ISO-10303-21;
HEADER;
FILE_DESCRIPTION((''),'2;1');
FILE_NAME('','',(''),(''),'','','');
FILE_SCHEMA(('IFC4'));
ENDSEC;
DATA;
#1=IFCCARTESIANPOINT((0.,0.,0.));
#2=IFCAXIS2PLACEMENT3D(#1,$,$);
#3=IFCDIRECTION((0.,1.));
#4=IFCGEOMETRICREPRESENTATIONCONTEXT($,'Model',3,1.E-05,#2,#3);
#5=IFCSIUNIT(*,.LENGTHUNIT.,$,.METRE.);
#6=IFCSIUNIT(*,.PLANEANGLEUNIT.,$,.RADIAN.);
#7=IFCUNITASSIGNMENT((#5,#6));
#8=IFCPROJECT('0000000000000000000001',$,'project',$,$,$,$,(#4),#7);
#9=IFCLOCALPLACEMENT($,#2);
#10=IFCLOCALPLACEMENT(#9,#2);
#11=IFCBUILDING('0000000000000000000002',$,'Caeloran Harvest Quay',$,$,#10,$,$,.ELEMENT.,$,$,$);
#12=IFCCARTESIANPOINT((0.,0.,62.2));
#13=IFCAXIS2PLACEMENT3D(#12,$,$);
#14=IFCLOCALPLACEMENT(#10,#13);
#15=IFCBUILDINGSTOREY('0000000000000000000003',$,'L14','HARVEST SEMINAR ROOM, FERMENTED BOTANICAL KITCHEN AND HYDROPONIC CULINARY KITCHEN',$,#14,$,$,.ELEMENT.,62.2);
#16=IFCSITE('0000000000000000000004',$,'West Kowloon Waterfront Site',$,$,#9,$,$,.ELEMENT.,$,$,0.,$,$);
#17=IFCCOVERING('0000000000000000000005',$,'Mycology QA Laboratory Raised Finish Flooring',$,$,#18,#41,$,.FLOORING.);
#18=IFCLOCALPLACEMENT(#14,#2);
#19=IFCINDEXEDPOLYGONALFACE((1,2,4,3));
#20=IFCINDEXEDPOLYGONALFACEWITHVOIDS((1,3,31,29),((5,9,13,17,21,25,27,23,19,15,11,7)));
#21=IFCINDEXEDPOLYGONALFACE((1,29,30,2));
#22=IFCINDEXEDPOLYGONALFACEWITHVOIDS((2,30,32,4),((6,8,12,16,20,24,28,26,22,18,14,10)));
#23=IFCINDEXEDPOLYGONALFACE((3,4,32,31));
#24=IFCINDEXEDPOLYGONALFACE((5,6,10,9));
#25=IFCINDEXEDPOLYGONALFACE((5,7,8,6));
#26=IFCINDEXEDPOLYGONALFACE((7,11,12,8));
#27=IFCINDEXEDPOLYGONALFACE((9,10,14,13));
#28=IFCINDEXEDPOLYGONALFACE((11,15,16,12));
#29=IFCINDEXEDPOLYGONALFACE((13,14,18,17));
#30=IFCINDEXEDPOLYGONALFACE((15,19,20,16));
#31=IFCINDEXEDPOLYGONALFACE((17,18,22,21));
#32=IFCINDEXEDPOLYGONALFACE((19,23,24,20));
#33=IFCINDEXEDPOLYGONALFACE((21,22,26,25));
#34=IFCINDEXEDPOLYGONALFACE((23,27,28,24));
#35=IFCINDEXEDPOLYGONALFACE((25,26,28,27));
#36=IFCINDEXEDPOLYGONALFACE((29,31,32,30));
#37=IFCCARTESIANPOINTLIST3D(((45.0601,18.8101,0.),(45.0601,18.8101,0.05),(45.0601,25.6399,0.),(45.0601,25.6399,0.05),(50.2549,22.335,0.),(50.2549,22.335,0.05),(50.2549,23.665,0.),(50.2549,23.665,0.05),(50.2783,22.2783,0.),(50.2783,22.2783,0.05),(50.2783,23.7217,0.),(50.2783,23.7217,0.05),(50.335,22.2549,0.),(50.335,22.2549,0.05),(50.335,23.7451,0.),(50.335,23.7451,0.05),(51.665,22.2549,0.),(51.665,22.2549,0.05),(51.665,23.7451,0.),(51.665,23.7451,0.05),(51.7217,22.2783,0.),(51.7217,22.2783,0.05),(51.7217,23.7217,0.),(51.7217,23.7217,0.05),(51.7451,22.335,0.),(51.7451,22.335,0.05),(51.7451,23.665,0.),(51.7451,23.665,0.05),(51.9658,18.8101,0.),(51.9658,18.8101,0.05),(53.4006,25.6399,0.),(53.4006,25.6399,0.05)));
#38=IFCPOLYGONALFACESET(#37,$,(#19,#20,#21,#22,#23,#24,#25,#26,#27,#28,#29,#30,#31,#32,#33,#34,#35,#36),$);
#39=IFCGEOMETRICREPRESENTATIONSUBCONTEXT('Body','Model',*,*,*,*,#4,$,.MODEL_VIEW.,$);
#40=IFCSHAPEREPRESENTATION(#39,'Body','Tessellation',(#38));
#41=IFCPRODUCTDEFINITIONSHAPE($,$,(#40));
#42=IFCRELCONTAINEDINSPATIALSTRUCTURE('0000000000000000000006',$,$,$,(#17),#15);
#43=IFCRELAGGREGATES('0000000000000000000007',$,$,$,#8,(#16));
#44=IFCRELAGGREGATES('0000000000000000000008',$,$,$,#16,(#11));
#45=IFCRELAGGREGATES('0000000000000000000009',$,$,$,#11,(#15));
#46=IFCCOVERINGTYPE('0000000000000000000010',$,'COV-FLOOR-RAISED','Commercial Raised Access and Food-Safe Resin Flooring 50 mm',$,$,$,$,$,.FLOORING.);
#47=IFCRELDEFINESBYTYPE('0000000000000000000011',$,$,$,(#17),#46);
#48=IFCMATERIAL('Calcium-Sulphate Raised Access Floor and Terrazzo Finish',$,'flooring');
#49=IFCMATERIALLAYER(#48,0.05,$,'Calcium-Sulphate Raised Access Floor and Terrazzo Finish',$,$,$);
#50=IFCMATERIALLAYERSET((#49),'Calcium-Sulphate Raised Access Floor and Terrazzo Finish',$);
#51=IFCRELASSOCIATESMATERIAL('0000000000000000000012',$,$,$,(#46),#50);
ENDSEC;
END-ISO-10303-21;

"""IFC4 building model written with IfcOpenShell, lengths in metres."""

from ifc_helpers import new_model, si_unit, direction, frame, origin, place, context, subcontext, project, spatial, polyline, outline, extrude, material, layer, layer_set, type_object, element, save


model = new_model("IFC4")

# Units and contexts
model_context = context("Model", 3, precision=1e-05, world=origin(), true_north=direction((0.0, 1.0)))
body_context = subcontext(model_context, "Body", "Model", "MODEL_VIEW")
ifc_project = project(units=[si_unit("LENGTHUNIT", "METRE"), si_unit("PLANEANGLEUNIT", "RADIAN")], contexts=[model_context])

# Site, building, storey
site_placement = place(None, origin())
site = spatial("IfcSite", under=ifc_project, at=site_placement, Name="West Kowloon Waterfront Site", CompositionType="ELEMENT", RefElevation=0.0)
building_placement = place(site_placement, origin())
building = spatial("IfcBuilding", under=site, at=building_placement, Name="Caeloran Harvest Quay", CompositionType="ELEMENT")
storey_placement = place(building_placement, frame((0.0, 0.0, 62.2)))
storey = spatial("IfcBuildingStorey", under=building, at=storey_placement, Name="L14", Description="HARVEST SEMINAR ROOM, FERMENTED BOTANICAL KITCHEN AND HYDROPONIC CULINARY KITCHEN", CompositionType="ELEMENT", Elevation=62.2)

# Covering
ifc_material_1 = material(Name="Calcium-Sulphate Raised Access Floor and Terrazzo Finish", Category="flooring")
ifc_layer_1 = layer(ifc_material_1, 0.05, Name="Calcium-Sulphate Raised Access Floor and Terrazzo Finish")
ifc_layer_set_1 = layer_set([ifc_layer_1], Name="Calcium-Sulphate Raised Access Floor and Terrazzo Finish")
covering_type_1 = type_object("IfcCoveringType", Name="COV-FLOOR-RAISED", Description="Commercial Raised Access and Food-Safe Resin Flooring 50 mm", PredefinedType="FLOORING", material=ifc_layer_set_1)
covering_1_placement = place(storey_placement, origin())
element("IfcCovering", 1, at=covering_1_placement, inside=storey, type_object=covering_type_1, Name="Mycology QA Laboratory Raised Finish Flooring", PredefinedType="FLOORING", context=body_context, shape_type="SweptSolid", body=[
    extrude(outline(polyline([(51.9658, 18.8101), (45.0601, 18.8101), (45.0601, 25.6399), (53.4006, 25.6399), (51.9658, 18.8101)]), holes=[polyline([(51.7451, 23.665), (51.7217, 23.7217), (51.665, 23.7451), (50.335, 23.7451), (50.2783, 23.7217), (50.2549, 23.665), (50.2549, 22.335), (50.2783, 22.2783), (50.335, 22.2549), (51.665, 22.2549), (51.7217, 22.2783), (51.7451, 22.335), (51.7451, 23.665)])]), origin(), (0.0, 0.0, 1.0), 0.05),
])

save(model, "model.ifc")
